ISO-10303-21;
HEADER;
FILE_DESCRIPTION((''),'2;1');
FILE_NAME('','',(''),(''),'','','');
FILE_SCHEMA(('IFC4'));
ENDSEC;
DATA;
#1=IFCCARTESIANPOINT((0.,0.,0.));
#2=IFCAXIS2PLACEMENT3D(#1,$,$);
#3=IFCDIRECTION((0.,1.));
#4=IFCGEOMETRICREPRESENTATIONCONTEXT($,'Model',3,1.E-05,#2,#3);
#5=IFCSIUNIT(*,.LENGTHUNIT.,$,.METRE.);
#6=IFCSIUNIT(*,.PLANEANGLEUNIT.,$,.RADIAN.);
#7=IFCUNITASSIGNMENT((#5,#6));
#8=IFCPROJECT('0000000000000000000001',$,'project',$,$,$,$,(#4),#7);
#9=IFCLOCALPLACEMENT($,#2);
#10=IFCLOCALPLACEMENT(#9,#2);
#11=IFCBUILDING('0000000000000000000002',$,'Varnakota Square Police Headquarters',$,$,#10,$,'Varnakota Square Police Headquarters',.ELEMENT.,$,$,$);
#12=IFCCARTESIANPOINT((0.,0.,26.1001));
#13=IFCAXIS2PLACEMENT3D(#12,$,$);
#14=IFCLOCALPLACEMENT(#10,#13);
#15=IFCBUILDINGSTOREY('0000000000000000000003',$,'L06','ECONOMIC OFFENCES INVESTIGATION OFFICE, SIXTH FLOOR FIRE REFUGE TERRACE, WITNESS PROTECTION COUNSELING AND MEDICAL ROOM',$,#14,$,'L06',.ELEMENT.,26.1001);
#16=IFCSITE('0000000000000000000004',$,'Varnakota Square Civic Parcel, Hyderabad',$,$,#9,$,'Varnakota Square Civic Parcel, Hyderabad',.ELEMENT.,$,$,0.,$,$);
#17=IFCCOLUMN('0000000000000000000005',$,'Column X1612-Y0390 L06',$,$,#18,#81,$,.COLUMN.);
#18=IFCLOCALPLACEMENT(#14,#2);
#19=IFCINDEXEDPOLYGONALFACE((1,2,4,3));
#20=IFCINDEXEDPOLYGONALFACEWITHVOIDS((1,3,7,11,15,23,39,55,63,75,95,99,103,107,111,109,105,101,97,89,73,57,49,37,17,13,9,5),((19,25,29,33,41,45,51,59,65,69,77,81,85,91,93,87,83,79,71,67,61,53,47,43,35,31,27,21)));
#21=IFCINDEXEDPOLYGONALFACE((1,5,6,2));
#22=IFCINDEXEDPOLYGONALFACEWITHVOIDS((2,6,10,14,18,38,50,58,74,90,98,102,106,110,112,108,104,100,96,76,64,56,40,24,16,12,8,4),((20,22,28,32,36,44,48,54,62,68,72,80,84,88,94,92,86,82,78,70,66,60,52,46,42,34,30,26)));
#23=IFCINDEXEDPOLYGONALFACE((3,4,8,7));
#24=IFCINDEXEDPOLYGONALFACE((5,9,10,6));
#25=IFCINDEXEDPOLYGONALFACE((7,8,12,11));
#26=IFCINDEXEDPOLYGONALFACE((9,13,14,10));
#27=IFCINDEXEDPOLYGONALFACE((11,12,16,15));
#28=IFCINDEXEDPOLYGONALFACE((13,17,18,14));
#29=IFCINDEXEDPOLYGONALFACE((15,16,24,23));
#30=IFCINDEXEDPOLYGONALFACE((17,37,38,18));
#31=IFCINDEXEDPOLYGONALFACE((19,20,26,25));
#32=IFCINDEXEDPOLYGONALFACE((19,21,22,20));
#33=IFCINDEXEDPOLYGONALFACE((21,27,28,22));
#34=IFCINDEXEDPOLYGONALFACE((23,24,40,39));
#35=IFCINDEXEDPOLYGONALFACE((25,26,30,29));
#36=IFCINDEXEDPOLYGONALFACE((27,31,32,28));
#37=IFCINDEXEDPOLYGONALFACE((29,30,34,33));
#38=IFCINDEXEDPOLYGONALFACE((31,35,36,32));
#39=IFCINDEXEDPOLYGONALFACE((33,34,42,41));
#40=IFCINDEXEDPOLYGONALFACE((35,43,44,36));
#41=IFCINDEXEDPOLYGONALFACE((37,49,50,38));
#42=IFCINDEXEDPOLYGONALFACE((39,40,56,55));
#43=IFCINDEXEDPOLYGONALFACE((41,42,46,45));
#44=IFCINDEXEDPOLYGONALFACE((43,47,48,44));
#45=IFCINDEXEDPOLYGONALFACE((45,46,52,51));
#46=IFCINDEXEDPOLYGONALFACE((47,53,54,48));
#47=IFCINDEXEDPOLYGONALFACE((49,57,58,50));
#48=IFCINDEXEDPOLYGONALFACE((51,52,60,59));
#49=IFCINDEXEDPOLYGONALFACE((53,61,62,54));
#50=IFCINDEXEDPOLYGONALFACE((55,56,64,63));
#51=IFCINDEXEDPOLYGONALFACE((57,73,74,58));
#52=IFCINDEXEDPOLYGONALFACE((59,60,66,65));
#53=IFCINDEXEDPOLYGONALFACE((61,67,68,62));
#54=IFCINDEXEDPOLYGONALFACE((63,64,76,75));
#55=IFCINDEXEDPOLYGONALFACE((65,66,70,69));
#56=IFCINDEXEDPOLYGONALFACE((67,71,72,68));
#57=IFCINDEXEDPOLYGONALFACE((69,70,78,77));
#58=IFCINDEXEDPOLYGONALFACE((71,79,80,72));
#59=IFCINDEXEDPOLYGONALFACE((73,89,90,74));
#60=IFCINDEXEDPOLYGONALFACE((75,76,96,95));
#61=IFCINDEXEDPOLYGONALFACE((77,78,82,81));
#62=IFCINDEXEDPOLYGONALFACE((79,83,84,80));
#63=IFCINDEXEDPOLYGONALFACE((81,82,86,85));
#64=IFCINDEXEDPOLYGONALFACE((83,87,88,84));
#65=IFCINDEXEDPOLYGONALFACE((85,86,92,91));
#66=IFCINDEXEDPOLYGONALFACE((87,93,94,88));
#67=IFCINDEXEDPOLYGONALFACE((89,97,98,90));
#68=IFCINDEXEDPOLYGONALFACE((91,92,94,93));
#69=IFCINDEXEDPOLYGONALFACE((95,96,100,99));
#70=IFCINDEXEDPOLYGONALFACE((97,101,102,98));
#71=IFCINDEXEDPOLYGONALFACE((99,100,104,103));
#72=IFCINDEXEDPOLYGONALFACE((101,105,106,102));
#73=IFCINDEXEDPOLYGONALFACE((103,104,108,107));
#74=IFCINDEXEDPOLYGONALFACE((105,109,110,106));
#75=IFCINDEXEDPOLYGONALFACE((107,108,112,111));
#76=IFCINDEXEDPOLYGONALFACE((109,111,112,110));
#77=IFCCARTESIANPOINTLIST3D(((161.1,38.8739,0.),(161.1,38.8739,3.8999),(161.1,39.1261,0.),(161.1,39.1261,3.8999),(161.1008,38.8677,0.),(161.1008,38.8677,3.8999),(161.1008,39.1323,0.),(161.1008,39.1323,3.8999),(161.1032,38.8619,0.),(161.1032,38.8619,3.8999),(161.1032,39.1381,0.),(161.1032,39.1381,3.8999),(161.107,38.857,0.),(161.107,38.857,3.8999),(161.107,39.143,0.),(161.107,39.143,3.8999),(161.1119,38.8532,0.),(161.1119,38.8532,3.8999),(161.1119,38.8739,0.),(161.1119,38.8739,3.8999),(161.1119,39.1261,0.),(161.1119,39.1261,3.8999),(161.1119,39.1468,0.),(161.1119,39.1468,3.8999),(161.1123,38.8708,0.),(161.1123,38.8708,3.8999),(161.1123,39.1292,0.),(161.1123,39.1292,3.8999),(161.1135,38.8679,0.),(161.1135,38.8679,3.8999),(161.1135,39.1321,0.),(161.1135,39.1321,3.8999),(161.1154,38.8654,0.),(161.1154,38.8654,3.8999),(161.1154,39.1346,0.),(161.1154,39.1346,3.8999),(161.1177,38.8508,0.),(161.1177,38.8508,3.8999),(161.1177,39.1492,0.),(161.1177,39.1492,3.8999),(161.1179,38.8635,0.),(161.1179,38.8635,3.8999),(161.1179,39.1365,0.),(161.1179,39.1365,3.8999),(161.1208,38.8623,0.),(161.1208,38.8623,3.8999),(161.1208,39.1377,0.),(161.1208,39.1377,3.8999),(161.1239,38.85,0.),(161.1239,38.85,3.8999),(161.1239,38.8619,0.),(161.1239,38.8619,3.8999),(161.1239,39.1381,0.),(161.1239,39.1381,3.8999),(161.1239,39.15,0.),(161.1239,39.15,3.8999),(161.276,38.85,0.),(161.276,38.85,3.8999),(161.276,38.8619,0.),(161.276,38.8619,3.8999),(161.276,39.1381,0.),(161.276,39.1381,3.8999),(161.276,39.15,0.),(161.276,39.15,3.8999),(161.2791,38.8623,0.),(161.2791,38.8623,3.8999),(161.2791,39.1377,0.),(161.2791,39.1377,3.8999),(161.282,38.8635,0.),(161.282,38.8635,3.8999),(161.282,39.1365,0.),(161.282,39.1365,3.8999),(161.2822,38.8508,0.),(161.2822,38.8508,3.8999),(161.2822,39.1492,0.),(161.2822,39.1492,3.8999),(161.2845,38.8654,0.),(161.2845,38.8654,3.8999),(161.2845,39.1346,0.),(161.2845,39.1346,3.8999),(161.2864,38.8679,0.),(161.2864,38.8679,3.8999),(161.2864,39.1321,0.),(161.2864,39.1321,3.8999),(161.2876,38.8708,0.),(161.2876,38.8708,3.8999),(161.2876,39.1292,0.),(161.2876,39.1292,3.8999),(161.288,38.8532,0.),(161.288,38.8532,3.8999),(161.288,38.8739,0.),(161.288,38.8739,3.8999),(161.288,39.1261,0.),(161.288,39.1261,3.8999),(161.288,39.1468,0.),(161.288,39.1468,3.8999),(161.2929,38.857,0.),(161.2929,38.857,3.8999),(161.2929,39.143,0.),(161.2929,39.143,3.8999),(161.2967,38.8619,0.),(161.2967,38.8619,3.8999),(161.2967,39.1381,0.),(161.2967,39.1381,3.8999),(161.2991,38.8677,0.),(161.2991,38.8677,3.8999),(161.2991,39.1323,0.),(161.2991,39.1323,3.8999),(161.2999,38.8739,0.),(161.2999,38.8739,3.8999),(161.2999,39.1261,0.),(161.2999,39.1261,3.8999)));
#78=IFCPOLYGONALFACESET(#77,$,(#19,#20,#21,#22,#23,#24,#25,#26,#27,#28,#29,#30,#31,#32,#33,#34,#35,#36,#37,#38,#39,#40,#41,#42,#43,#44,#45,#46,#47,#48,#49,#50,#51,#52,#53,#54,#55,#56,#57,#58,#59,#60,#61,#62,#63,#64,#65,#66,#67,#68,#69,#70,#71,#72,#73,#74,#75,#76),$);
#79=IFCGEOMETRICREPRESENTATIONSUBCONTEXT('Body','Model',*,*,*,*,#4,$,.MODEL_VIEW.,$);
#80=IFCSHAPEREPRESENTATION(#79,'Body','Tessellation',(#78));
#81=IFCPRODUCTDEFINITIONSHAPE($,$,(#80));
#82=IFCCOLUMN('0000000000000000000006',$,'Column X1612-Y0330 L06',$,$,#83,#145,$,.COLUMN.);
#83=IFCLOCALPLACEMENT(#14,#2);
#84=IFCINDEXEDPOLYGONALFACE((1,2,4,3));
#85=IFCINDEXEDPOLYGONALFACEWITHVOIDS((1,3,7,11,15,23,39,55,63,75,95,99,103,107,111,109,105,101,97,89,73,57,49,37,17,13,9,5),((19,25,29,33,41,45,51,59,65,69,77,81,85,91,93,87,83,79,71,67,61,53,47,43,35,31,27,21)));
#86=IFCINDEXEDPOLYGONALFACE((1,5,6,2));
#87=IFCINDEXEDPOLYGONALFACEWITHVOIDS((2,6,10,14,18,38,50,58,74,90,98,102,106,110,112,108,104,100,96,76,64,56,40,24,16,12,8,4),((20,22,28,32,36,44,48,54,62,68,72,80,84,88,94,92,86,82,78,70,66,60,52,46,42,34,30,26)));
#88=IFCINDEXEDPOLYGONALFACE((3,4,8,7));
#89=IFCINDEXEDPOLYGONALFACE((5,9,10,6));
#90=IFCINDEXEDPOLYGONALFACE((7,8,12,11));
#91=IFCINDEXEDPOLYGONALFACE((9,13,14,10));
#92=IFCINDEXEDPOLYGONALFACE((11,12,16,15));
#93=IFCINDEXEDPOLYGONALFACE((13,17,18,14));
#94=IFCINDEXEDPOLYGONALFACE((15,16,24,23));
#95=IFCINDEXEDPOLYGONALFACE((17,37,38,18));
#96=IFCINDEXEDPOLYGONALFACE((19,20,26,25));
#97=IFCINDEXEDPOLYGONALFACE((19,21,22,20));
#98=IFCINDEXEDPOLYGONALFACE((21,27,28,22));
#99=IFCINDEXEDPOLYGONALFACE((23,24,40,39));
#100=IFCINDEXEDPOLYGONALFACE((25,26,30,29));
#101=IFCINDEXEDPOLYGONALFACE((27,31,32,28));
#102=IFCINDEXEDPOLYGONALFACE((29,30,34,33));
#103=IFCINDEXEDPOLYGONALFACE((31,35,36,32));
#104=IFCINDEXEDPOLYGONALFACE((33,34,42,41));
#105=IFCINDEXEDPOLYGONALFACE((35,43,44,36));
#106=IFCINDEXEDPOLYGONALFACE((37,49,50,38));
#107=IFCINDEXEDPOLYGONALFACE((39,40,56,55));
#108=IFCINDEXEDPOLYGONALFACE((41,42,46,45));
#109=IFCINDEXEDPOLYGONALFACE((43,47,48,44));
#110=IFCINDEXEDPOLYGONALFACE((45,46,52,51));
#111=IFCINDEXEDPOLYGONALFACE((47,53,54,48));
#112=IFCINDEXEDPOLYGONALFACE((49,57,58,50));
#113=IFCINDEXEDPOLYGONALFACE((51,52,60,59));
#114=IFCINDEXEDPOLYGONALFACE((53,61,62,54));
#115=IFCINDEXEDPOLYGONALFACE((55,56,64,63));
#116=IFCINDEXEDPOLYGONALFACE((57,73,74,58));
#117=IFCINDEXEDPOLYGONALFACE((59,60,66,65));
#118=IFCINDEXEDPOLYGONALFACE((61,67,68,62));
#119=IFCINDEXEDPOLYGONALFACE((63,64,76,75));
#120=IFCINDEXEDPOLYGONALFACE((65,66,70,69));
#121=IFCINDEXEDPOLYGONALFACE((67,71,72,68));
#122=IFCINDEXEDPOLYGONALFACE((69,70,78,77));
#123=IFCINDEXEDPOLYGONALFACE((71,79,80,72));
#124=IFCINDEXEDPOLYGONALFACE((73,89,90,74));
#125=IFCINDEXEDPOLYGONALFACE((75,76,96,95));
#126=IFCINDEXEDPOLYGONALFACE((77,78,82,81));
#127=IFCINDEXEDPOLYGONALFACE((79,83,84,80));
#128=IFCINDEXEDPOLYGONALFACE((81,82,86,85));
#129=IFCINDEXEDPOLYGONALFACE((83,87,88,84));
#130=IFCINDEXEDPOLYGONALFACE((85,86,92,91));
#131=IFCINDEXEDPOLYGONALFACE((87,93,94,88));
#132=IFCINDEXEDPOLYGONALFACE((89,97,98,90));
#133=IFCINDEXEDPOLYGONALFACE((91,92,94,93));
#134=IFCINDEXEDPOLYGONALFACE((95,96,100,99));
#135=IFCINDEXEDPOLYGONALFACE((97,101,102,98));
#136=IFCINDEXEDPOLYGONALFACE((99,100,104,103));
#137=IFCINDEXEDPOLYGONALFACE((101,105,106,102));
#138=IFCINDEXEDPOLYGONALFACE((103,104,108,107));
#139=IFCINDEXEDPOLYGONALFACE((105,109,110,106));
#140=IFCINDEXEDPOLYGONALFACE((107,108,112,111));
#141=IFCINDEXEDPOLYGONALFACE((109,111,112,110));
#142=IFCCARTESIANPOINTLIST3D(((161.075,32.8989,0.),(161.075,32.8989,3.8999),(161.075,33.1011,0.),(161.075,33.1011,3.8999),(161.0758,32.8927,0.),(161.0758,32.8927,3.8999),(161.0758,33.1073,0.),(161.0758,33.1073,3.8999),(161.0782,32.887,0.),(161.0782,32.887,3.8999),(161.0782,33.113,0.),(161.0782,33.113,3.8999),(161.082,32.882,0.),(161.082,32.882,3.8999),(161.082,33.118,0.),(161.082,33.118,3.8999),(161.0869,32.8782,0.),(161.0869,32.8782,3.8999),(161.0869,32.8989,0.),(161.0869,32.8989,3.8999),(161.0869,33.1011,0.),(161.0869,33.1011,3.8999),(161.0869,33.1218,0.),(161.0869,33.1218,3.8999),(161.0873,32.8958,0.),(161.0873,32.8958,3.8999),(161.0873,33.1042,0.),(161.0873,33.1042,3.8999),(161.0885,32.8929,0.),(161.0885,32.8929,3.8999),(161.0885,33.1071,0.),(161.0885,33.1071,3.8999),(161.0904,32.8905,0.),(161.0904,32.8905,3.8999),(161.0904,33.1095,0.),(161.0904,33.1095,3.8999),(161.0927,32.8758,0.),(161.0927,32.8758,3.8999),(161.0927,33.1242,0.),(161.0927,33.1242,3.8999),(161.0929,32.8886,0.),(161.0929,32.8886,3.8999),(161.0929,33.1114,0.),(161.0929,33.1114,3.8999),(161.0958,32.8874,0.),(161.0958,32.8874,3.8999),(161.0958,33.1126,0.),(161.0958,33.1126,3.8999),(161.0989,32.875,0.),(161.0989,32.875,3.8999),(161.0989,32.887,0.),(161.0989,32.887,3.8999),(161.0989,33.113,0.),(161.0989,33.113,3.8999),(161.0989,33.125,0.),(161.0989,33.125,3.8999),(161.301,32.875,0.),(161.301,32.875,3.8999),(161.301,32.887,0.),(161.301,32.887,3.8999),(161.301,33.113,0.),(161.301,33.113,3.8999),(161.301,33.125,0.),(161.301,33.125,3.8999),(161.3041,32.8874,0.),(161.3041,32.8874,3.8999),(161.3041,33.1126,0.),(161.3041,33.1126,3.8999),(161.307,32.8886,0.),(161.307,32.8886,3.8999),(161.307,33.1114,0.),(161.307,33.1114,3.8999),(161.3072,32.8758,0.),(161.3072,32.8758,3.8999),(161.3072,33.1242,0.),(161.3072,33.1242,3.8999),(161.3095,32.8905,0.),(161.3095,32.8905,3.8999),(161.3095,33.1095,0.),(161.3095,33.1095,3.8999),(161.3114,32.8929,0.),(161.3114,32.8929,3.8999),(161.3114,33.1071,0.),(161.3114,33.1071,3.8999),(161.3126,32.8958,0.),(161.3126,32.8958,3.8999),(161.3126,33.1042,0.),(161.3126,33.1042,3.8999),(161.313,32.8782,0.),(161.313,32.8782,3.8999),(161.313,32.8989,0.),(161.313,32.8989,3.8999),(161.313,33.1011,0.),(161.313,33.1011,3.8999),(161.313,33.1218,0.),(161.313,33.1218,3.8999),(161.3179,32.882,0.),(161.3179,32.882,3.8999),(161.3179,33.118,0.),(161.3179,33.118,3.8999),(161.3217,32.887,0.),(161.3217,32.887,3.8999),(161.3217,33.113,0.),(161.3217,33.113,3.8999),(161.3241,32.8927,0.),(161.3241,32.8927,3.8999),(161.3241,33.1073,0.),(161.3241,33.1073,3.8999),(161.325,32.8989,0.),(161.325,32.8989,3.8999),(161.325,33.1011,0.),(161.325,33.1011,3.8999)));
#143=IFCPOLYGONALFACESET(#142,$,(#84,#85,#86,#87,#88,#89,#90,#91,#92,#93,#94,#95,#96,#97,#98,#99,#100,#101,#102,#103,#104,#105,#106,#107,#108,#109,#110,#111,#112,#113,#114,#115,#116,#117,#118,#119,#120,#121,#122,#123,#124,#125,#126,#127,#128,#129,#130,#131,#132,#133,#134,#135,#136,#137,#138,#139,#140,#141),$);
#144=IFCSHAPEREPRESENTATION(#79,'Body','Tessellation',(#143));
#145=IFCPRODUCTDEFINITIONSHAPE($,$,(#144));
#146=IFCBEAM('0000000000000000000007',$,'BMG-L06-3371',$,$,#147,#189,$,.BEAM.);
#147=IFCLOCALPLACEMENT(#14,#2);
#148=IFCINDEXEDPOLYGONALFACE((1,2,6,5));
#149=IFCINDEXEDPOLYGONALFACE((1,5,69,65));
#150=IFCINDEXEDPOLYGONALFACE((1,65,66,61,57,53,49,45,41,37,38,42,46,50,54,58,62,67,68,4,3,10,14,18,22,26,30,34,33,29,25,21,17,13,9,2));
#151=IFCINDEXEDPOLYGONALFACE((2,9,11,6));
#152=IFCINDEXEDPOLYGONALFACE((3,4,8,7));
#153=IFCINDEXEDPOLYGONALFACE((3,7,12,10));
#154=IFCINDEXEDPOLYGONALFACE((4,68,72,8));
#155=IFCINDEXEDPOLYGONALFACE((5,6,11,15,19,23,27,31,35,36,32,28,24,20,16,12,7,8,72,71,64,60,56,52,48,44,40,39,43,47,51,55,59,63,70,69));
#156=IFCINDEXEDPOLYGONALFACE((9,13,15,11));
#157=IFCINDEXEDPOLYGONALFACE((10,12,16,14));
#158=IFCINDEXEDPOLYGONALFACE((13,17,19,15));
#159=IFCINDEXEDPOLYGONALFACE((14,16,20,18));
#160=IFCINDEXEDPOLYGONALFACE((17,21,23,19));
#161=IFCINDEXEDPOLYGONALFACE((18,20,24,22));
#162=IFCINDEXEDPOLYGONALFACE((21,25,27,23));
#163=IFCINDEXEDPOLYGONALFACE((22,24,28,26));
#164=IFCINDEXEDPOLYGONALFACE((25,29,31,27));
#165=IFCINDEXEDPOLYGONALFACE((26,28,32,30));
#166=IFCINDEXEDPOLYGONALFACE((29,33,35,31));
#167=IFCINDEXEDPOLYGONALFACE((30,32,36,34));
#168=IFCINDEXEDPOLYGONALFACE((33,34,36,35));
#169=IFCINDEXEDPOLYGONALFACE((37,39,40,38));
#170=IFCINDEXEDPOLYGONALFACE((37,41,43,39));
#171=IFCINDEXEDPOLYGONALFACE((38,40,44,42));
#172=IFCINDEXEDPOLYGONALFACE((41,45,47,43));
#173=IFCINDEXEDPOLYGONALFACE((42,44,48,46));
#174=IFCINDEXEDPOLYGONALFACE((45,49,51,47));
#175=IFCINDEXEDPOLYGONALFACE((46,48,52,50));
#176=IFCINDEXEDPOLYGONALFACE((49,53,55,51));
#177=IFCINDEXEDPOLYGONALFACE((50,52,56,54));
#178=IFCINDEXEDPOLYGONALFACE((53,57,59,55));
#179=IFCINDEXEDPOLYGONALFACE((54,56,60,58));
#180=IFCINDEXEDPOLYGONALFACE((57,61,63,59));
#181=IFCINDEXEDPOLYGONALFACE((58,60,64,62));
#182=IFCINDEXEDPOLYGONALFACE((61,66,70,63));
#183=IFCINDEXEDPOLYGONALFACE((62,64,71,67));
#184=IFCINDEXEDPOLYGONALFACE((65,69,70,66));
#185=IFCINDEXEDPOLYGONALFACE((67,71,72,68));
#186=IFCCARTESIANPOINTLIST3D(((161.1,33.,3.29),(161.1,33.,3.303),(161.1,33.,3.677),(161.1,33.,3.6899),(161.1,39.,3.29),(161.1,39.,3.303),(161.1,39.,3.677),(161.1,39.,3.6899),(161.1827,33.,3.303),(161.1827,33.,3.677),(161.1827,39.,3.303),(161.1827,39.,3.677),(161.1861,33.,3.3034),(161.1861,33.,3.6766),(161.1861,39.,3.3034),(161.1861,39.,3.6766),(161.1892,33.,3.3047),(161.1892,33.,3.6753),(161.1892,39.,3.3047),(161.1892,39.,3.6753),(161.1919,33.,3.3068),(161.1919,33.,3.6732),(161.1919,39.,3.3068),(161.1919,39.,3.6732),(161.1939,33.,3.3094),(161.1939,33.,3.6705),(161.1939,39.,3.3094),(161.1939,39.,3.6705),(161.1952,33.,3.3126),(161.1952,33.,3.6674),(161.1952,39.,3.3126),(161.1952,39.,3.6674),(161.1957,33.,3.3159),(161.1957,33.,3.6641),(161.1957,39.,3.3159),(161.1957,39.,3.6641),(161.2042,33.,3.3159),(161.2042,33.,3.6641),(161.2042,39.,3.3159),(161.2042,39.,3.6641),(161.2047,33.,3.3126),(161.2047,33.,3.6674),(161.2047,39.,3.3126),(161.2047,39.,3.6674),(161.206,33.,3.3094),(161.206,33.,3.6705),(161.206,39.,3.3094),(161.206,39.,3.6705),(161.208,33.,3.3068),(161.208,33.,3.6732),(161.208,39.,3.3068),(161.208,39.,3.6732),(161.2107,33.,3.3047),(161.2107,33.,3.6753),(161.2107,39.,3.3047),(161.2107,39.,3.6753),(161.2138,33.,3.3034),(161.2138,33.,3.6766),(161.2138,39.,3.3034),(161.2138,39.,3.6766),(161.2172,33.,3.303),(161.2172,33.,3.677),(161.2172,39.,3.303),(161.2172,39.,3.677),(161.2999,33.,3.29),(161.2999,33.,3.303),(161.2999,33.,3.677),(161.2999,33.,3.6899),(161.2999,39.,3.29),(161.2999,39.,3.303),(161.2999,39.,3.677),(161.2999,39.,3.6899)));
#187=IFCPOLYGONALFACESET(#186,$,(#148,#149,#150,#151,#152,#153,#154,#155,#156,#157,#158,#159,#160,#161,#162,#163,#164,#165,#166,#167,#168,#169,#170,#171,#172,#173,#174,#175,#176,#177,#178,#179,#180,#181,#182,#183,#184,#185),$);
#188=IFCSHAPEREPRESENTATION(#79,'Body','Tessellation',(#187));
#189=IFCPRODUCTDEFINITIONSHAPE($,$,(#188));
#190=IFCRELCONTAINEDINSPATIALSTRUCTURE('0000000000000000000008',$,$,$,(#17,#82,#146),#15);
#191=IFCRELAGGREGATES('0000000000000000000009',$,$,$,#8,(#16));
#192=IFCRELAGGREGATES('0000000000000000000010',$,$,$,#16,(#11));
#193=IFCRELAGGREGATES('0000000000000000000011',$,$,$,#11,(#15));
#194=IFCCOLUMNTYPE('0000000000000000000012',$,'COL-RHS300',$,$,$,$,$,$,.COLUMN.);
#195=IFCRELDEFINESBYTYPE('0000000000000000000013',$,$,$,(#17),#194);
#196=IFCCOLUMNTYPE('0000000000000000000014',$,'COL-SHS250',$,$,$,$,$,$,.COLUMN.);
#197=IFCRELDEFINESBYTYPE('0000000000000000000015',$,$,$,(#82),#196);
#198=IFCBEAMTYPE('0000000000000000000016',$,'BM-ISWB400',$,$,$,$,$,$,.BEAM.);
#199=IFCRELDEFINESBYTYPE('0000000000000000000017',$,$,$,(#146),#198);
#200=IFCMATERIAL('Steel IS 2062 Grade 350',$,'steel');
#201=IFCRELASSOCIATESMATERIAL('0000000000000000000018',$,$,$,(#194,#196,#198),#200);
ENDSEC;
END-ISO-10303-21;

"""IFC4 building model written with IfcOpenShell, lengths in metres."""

from ifc_helpers import new_model, si_unit, direction, frame, origin, origin_2d, place, context, subcontext, project, spatial, hollow_rectangle, i_section, extrude, material, material_profile, profile_set, type_object, element, save


model = new_model("IFC4")

# Units and contexts
model_context = context("Model", 3, precision=1e-05, world=origin(), true_north=direction((0.0, 1.0)))
body_context = subcontext(model_context, "Body", "Model", "MODEL_VIEW")
ifc_project = project(units=[si_unit("LENGTHUNIT", "METRE"), si_unit("PLANEANGLEUNIT", "RADIAN")], contexts=[model_context])

# Site, building, storey
site_placement = place(None, origin())
site = spatial("IfcSite", under=ifc_project, at=site_placement, Name="Varnakota Square Civic Parcel, Hyderabad", LongName="Varnakota Square Civic Parcel, Hyderabad", CompositionType="ELEMENT", RefElevation=0.0)
building_placement = place(site_placement, origin())
building = spatial("IfcBuilding", under=site, at=building_placement, Name="Varnakota Square Police Headquarters", LongName="Varnakota Square Police Headquarters", CompositionType="ELEMENT")
storey_placement = place(building_placement, frame((0.0, 0.0, 26.1001)))
storey = spatial("IfcBuildingStorey", under=building, at=storey_placement, Name="L06", Description="ECONOMIC OFFENCES INVESTIGATION OFFICE, SIXTH FLOOR FIRE REFUGE TERRACE, WITNESS PROTECTION COUNSELING AND MEDICAL ROOM", LongName="L06", CompositionType="ELEMENT", Elevation=26.1001)

# Columns
ifc_material_1 = material(Name="Steel IS 2062 Grade 350", Category="steel")
ifc_material_profile_1 = material_profile(ifc_material_1, hollow_rectangle(XDim=0.2, YDim=0.3, WallThickness=0.012, InnerFilletRadius=0.012, OuterFilletRadius=0.0239, at=origin_2d()), Name="RHS 300x200x12")
ifc_profile_set_1 = profile_set([ifc_material_profile_1], Name="Steel IS 2062 Grade 350")
column_type_1 = type_object("IfcColumnType", Name="COL-RHS300", PredefinedType="COLUMN", material=ifc_profile_set_1)
column_1_placement = place(storey_placement, frame((161.2, 39.0, 0.0), z_axis=(0.0, 0.0, 1.0), x_axis=(1.0, 0.0, 0.0)))
element("IfcColumn", 1, at=column_1_placement, inside=storey, type_object=column_type_1, Name="Column X1612-Y0390 L06", PredefinedType="COLUMN", context=body_context, shape_type="SweptSolid", body=[
    extrude(hollow_rectangle(XDim=0.2, YDim=0.3, WallThickness=0.012, InnerFilletRadius=0.012, OuterFilletRadius=0.0239, at=origin_2d()), origin(), (0.0, 0.0, 1.0), 3.8999),
])
ifc_material_profile_2 = material_profile(ifc_material_1, hollow_rectangle(XDim=0.25, YDim=0.25, WallThickness=0.012, InnerFilletRadius=0.012, OuterFilletRadius=0.0239, at=origin_2d()), Name="SHS 250x250x12")
ifc_profile_set_2 = profile_set([ifc_material_profile_2], Name="Steel IS 2062 Grade 350")
column_type_2 = type_object("IfcColumnType", Name="COL-SHS250", PredefinedType="COLUMN", material=ifc_profile_set_2)
column_2_placement = place(storey_placement, frame((161.2, 33.0, 0.0), z_axis=(0.0, 0.0, 1.0), x_axis=(1.0, 0.0, 0.0)))
element("IfcColumn", 2, at=column_2_placement, inside=storey, type_object=column_type_2, Name="Column X1612-Y0330 L06", PredefinedType="COLUMN", context=body_context, shape_type="SweptSolid", body=[
    extrude(hollow_rectangle(XDim=0.25, YDim=0.25, WallThickness=0.012, InnerFilletRadius=0.012, OuterFilletRadius=0.0239, at=origin_2d()), origin(), (0.0, 0.0, 1.0), 3.8999),
])

# Beam
ifc_material_profile_3 = material_profile(ifc_material_1, i_section(OverallWidth=0.2, OverallDepth=0.3999, WebThickness=0.0085, FlangeThickness=0.0129, FilletRadius=0.0129, at=origin_2d()), Name="ISWB 400")
ifc_profile_set_3 = profile_set([ifc_material_profile_3], Name="Steel IS 2062 Grade 350")
beam_type = type_object("IfcBeamType", Name="BM-ISWB400", PredefinedType="BEAM", material=ifc_profile_set_3)
beam_placement = place(storey_placement, frame((161.2, 33.0, 3.49), z_axis=(0.0, 1.0, 0.0), x_axis=(-1.0, 0.0, 0.0)))
element("IfcBeam", 3, at=beam_placement, inside=storey, type_object=beam_type, Name="BMG-L06-3371", PredefinedType="BEAM", context=body_context, shape_type="SweptSolid", body=[
    extrude(i_section(OverallWidth=0.2, OverallDepth=0.3999, WebThickness=0.0085, FlangeThickness=0.0129, FilletRadius=0.0129, at=origin_2d()), origin(), (0.0, 0.0, 1.0), 6.0),
])

save(model, "model.ifc")
